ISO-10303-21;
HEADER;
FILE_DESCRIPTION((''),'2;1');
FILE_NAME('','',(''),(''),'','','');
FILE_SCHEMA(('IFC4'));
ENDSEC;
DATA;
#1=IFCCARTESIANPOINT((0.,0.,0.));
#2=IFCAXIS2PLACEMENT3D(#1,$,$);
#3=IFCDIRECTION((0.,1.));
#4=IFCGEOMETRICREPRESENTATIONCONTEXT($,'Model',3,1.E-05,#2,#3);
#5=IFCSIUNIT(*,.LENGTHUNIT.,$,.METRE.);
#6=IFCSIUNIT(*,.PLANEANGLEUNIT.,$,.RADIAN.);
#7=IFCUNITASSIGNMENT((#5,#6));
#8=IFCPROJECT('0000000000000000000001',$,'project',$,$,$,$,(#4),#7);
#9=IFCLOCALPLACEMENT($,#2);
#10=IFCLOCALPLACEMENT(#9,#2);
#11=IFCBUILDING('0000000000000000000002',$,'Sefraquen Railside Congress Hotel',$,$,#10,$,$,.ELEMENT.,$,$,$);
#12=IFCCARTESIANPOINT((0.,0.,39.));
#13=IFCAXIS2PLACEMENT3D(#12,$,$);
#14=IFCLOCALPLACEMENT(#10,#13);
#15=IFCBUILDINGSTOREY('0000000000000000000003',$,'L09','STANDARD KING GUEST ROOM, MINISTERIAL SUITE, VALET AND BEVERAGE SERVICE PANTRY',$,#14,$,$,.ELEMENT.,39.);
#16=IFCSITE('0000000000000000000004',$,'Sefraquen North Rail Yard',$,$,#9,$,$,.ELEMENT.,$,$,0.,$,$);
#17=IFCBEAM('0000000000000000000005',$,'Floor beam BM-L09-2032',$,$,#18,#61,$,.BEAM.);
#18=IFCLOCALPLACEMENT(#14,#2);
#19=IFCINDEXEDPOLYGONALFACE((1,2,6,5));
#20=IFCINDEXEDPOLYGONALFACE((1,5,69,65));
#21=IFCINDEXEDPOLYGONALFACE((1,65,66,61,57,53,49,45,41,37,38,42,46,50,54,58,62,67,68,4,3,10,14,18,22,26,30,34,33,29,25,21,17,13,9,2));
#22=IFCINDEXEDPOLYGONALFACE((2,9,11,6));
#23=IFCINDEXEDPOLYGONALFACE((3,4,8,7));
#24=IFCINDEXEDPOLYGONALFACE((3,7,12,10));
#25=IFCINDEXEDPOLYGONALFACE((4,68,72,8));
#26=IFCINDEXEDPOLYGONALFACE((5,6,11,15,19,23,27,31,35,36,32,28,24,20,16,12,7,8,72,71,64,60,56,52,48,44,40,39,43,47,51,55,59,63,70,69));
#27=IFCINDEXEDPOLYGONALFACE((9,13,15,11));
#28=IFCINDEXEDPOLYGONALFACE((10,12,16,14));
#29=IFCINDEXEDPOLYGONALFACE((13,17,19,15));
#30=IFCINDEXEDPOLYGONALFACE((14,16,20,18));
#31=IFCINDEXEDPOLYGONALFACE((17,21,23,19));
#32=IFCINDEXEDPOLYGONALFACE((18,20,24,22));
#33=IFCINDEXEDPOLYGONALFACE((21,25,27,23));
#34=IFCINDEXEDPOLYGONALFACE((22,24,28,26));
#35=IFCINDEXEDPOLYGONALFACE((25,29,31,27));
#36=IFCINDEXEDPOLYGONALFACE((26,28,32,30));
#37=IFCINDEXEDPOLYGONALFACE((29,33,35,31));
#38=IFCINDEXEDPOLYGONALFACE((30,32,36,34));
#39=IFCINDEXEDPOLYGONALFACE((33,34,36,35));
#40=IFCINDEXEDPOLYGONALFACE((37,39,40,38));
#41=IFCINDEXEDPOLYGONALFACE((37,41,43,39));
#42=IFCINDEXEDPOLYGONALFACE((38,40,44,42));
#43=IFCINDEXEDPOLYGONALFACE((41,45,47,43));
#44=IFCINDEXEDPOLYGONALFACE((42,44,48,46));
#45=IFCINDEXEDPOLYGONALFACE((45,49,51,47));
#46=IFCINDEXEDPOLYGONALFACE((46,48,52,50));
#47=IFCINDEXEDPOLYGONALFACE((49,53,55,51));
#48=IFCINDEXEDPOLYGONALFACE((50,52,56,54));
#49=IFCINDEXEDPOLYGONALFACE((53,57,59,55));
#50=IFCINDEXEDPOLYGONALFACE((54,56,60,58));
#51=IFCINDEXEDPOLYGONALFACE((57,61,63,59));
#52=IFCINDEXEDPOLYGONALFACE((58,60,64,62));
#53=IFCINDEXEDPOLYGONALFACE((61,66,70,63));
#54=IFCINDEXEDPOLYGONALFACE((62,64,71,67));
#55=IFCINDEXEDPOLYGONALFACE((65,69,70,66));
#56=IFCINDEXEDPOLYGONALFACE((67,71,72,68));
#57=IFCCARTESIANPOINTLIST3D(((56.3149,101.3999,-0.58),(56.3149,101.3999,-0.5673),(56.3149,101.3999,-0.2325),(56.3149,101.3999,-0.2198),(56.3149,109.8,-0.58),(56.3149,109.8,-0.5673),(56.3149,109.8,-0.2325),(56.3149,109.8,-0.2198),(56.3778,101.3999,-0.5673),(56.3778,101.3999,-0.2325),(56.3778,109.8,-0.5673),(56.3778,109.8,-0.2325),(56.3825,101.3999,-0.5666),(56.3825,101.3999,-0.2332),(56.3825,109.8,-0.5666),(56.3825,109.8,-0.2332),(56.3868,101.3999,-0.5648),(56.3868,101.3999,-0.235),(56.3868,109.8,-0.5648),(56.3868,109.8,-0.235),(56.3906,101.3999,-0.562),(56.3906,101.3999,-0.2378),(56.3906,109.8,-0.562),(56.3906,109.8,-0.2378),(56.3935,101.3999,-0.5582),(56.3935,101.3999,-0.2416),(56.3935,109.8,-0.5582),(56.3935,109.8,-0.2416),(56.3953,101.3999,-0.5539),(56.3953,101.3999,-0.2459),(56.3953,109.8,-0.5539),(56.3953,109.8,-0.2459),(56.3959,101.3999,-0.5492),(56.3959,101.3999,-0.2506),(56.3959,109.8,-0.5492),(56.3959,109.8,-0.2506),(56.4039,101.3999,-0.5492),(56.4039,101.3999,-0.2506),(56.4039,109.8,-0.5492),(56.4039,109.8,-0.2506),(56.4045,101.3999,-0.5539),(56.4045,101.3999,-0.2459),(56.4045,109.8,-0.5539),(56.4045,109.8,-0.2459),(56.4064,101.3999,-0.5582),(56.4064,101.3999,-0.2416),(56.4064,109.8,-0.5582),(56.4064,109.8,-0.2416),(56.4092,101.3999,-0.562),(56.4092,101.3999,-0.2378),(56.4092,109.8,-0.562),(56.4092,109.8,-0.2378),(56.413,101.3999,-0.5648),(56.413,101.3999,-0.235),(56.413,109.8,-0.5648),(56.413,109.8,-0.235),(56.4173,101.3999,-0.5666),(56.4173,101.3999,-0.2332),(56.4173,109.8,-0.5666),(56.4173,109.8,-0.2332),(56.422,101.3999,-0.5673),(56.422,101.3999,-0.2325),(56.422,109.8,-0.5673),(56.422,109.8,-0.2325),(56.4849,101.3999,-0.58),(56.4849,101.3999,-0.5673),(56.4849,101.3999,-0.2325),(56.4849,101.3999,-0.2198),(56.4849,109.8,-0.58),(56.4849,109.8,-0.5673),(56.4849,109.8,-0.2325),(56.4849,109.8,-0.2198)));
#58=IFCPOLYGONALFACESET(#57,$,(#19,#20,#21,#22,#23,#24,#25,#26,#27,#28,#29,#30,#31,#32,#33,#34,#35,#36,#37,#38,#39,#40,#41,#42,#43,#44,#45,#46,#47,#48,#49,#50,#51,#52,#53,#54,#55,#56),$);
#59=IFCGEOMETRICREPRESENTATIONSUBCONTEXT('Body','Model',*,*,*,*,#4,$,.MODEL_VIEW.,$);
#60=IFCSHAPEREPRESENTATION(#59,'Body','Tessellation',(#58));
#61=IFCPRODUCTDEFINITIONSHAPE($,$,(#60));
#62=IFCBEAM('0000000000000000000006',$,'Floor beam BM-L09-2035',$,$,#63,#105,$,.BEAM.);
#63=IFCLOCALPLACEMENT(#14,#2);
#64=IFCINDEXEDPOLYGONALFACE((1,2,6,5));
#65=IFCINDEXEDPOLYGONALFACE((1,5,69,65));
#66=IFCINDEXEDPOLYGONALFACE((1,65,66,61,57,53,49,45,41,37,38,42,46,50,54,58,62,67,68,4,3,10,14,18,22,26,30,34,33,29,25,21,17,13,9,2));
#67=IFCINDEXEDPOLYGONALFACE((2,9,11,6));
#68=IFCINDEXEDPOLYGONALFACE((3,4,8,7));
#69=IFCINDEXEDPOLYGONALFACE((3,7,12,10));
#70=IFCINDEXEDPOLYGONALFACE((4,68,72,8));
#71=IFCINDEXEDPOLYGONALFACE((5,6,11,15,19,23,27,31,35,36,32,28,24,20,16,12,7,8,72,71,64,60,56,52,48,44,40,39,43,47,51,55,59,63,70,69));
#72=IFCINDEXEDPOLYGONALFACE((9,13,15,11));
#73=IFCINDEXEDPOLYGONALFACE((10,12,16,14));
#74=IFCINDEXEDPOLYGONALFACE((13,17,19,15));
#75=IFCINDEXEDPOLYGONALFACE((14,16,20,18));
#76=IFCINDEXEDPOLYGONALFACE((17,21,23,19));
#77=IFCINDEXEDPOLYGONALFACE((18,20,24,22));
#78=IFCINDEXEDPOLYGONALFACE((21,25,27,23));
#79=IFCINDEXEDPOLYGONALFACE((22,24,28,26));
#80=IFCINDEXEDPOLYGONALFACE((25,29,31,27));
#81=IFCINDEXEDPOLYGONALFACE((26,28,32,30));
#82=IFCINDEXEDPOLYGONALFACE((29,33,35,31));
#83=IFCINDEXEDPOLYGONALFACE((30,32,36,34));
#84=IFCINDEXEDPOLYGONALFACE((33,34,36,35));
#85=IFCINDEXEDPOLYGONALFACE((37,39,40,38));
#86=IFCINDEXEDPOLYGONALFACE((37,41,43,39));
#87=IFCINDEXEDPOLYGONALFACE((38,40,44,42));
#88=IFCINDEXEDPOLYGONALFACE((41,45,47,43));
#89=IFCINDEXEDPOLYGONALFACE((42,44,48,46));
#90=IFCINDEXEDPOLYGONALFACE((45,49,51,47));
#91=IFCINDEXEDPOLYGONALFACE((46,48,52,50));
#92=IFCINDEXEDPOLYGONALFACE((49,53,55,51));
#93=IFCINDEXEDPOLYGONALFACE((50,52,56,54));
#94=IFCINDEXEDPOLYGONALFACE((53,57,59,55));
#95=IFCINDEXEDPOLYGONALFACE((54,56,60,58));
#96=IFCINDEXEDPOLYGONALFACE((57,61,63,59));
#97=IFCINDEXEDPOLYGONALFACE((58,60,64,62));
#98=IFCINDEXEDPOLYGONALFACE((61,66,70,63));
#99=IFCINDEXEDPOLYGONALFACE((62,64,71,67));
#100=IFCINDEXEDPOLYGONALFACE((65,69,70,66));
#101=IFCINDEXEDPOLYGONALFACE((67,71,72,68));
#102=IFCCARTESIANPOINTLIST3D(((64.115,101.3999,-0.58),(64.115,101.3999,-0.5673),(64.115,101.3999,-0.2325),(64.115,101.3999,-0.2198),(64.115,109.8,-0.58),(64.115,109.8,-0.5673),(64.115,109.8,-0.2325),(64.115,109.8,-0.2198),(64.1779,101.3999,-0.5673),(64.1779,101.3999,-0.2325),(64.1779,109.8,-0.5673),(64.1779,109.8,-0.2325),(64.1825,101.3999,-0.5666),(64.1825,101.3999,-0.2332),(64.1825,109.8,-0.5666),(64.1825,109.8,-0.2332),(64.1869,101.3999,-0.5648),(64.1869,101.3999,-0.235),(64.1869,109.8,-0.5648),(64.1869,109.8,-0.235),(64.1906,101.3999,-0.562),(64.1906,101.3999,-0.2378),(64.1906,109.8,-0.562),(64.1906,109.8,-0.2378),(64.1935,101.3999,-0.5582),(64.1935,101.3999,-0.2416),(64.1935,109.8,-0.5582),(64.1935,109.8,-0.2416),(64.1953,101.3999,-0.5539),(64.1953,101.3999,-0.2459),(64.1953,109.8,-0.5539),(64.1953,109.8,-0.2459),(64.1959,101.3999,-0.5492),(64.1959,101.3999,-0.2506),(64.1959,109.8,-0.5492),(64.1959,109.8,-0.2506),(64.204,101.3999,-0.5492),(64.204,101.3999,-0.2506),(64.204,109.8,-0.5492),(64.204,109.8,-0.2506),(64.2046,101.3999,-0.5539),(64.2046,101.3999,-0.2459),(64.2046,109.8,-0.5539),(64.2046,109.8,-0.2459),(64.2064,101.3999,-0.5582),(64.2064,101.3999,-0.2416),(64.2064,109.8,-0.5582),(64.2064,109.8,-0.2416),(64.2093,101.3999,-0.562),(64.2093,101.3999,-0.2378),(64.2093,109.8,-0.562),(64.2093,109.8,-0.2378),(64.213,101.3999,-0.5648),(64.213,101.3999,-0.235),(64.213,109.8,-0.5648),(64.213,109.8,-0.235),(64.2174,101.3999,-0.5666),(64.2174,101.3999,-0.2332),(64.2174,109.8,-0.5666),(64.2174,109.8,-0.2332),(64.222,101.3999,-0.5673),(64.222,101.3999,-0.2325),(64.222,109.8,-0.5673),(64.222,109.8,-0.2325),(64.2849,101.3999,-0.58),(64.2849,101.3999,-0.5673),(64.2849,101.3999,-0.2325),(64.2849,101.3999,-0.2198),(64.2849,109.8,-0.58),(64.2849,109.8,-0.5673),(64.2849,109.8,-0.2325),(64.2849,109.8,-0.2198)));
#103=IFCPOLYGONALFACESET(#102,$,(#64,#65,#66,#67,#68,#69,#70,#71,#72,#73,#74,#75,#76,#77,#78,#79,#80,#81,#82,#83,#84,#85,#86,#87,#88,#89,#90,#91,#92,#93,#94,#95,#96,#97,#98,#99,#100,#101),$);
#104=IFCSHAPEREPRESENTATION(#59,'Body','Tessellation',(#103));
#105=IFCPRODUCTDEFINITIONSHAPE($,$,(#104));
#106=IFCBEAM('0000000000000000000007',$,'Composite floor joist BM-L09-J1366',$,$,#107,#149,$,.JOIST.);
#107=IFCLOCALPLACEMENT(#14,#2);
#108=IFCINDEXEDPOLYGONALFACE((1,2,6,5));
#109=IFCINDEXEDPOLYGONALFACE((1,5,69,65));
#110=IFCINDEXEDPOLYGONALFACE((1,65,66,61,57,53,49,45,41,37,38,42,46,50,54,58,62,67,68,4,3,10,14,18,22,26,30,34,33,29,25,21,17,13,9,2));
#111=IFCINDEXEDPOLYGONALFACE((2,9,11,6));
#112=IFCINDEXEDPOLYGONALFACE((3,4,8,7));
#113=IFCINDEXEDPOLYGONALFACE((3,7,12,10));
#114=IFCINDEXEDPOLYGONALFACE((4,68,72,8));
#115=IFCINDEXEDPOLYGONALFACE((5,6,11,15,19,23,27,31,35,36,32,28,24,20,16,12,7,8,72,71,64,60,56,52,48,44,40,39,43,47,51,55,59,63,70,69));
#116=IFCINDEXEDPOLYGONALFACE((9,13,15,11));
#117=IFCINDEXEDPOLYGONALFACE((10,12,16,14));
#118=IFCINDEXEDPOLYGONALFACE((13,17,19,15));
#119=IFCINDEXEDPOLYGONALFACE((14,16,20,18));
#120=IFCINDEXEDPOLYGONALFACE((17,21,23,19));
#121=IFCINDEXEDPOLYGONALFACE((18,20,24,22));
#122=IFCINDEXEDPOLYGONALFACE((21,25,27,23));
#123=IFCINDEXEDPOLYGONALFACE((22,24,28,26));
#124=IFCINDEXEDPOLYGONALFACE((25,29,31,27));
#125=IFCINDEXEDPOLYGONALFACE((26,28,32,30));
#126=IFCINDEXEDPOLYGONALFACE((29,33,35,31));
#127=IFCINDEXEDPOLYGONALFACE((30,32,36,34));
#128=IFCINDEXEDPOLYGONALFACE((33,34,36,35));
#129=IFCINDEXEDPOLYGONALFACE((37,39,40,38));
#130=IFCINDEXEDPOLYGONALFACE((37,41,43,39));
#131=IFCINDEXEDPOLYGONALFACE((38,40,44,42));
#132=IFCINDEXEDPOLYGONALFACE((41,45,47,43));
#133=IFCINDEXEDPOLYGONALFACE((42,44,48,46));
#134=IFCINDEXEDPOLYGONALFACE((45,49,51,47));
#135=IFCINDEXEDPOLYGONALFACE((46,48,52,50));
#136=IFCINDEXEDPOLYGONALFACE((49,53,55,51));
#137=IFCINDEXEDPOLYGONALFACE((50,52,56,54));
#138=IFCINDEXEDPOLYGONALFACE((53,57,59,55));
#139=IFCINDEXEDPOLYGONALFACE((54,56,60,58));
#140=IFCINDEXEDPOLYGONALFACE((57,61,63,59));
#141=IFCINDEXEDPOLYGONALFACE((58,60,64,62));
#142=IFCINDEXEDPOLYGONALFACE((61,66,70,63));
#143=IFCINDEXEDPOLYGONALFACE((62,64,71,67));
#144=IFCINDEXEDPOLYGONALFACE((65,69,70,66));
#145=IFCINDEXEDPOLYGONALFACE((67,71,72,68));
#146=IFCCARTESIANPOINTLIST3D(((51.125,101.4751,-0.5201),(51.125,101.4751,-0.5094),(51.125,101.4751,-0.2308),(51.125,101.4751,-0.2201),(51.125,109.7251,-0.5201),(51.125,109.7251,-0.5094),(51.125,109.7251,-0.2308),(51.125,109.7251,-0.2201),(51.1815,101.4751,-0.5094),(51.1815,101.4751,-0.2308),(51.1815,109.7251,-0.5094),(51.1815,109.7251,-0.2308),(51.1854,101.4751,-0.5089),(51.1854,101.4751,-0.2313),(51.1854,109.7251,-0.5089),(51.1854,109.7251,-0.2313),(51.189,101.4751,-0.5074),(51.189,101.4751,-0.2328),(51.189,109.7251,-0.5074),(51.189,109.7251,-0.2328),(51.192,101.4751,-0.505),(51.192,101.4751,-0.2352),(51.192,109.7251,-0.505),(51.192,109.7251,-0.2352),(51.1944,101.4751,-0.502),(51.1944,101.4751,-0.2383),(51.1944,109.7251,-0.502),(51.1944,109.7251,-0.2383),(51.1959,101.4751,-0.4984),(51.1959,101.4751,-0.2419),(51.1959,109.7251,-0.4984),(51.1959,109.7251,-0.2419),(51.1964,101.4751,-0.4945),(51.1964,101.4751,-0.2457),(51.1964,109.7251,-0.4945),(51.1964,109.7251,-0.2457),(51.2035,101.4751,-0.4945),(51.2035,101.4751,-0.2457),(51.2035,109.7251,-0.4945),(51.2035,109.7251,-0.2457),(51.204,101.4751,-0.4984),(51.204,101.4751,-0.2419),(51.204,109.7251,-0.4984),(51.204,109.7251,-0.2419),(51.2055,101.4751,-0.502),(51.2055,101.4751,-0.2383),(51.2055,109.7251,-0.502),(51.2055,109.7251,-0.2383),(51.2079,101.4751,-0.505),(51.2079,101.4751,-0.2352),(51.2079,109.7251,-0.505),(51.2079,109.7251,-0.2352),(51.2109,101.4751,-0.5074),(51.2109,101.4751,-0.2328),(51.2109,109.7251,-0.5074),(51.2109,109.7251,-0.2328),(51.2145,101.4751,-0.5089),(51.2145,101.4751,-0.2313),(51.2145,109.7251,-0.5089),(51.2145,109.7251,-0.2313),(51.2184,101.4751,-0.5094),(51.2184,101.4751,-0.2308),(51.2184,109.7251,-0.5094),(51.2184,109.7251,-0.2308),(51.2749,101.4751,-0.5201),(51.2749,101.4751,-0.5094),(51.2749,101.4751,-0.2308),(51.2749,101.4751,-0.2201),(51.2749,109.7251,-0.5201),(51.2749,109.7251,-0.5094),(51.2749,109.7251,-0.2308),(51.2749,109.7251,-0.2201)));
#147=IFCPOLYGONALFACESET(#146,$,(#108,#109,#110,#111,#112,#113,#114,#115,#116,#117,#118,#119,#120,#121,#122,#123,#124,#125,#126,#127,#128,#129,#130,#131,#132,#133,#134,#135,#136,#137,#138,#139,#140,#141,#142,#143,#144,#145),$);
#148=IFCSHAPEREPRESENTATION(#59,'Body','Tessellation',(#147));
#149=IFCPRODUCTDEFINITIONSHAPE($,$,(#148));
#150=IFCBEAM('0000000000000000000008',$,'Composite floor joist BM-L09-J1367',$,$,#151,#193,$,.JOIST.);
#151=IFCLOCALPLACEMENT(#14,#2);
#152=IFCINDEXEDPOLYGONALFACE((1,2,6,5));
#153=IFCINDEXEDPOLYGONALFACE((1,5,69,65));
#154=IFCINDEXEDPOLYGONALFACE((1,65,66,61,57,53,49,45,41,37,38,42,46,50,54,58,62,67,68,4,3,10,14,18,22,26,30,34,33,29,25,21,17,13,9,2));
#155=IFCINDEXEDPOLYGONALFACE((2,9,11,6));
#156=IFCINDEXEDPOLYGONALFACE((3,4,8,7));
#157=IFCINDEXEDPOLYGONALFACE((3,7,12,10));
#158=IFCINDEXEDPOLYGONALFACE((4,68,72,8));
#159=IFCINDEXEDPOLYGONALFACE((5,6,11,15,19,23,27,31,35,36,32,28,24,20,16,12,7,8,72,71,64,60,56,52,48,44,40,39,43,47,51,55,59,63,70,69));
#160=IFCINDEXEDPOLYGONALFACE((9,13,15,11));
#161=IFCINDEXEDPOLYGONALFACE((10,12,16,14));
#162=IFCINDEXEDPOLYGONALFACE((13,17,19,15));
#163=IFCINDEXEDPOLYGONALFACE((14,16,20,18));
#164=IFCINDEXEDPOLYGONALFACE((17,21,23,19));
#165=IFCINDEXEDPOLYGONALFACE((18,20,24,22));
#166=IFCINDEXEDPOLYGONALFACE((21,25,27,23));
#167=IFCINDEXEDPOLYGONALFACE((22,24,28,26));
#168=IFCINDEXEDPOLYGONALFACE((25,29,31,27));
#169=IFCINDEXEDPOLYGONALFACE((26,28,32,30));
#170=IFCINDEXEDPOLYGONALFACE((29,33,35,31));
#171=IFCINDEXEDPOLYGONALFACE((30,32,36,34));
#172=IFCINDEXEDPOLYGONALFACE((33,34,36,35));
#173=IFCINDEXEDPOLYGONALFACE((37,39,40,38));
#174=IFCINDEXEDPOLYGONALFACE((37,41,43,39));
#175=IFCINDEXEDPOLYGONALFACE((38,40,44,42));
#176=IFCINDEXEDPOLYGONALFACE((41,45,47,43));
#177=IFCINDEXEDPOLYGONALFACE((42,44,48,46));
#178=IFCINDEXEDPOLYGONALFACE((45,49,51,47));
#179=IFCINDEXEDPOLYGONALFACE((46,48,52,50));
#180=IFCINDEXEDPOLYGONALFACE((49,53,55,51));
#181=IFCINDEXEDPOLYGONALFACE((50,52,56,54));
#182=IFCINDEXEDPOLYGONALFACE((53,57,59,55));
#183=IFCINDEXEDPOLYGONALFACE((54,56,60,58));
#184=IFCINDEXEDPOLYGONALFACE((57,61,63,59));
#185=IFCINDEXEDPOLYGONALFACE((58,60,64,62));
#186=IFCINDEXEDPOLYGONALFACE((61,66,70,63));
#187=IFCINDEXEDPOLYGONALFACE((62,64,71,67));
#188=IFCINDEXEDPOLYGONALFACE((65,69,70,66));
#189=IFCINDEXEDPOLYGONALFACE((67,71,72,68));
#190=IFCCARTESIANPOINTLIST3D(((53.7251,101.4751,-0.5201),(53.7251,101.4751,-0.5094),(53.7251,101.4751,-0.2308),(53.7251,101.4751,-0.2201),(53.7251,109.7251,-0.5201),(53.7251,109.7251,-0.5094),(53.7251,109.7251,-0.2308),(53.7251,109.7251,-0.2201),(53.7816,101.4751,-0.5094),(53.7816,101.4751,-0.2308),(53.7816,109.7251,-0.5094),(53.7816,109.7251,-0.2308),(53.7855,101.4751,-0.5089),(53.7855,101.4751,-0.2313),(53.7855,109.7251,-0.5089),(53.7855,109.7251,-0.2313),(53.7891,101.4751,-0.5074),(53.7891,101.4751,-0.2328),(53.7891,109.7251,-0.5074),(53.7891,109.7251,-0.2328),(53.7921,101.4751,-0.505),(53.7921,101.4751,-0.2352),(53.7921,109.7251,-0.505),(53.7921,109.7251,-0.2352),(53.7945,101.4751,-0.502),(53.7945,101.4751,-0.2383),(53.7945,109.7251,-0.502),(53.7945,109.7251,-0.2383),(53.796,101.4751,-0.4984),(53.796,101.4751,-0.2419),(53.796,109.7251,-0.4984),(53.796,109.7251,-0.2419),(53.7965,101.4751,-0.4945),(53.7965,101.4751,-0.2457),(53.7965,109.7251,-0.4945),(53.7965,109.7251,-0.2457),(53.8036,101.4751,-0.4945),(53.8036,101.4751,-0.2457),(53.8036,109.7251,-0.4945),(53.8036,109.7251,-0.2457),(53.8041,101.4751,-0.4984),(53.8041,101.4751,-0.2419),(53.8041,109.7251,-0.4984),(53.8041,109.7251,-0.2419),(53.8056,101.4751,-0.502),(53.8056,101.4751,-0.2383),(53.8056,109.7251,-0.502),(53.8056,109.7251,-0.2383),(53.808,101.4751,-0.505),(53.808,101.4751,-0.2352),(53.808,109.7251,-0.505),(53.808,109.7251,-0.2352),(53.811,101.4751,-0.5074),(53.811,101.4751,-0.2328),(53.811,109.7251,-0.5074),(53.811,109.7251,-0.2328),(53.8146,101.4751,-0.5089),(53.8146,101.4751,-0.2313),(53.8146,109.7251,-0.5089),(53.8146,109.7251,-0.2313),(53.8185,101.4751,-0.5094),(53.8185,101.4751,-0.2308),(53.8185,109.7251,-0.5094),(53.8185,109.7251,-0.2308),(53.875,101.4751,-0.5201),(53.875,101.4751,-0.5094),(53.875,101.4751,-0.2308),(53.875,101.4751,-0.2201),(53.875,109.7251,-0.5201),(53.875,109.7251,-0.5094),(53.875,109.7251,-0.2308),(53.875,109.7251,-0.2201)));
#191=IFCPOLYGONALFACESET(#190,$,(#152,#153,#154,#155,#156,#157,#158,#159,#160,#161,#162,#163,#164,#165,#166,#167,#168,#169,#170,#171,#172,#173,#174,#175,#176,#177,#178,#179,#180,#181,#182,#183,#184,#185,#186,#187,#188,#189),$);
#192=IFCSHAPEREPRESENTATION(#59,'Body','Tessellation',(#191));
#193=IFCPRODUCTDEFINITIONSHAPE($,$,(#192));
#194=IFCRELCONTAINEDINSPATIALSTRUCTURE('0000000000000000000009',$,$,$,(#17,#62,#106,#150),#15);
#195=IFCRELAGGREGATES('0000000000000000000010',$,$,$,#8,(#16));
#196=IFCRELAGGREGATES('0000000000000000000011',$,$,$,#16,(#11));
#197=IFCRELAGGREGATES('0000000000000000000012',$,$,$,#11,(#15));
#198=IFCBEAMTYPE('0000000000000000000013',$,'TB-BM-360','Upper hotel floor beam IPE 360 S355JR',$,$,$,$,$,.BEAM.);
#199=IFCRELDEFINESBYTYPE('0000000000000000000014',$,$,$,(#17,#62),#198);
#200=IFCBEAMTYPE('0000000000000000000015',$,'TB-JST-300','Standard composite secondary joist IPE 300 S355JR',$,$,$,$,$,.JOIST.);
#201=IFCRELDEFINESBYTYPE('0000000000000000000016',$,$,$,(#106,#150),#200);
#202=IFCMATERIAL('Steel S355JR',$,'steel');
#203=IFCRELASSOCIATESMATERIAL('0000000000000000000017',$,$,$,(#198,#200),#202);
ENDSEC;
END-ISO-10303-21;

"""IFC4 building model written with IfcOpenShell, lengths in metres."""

from ifc_helpers import new_model, si_unit, direction, frame, origin, origin_2d, place, context, subcontext, project, spatial, i_section, extrude, material, material_profile, profile_set, type_object, element, save


model = new_model("IFC4")

# Units and contexts
model_context = context("Model", 3, precision=1e-05, world=origin(), true_north=direction((0.0, 1.0)))
body_context = subcontext(model_context, "Body", "Model", "MODEL_VIEW")
ifc_project = project(units=[si_unit("LENGTHUNIT", "METRE"), si_unit("PLANEANGLEUNIT", "RADIAN")], contexts=[model_context])

# Site, building, storey
site_placement = place(None, origin())
site = spatial("IfcSite", under=ifc_project, at=site_placement, Name="Sefraquen North Rail Yard", CompositionType="ELEMENT", RefElevation=0.0)
building_placement = place(site_placement, origin())
building = spatial("IfcBuilding", under=site, at=building_placement, Name="Sefraquen Railside Congress Hotel", CompositionType="ELEMENT")
storey_placement = place(building_placement, frame((0.0, 0.0, 39.0)))
storey = spatial("IfcBuildingStorey", under=building, at=storey_placement, Name="L09", Description="STANDARD KING GUEST ROOM, MINISTERIAL SUITE, VALET AND BEVERAGE SERVICE PANTRY", CompositionType="ELEMENT", Elevation=39.0)

# Beams
ifc_material_1 = material(Name="Steel S355JR", Category="steel")
ifc_material_profile_1 = material_profile(ifc_material_1, i_section(OverallWidth=0.1699, OverallDepth=0.3601, WebThickness=0.0081, FlangeThickness=0.0127, FilletRadius=0.0181, at=origin_2d()), Name="IPE 360")
ifc_profile_set_1 = profile_set([ifc_material_profile_1], Name="Steel S355JR")
beam_type_1 = type_object("IfcBeamType", Name="TB-BM-360", Description="Upper hotel floor beam IPE 360 S355JR", PredefinedType="BEAM", material=ifc_profile_set_1)
for number, where, z_axis, x_axis, name in (
    (1, (56.3999, 101.3999, -0.3999), (0.0, 1.0, 0.0), (-1.0, 0.0, 0.0), "Floor beam BM-L09-2032"),
    (2, (64.2, 101.3999, -0.3999), (0.0, 1.0, 0.0), (-1.0, 0.0, 0.0), "Floor beam BM-L09-2035"),
):
    element("IfcBeam", number, at=place(storey_placement, frame(where, z_axis=z_axis, x_axis=x_axis)), inside=storey, type_object=beam_type_1, Name=name, PredefinedType="BEAM", context=body_context, shape_type="SweptSolid", body=[
        extrude(i_section(OverallWidth=0.1699, OverallDepth=0.3601, WebThickness=0.0081, FlangeThickness=0.0127, FilletRadius=0.0181, at=origin_2d()), origin(), (0.0, 0.0, 1.0), 8.4001),
    ])
ifc_material_profile_2 = material_profile(ifc_material_1, i_section(OverallWidth=0.1499, OverallDepth=0.3, WebThickness=0.0071, FlangeThickness=0.0107, FilletRadius=0.0149, at=origin_2d()), Name="IPE 300")
ifc_profile_set_2 = profile_set([ifc_material_profile_2], Name="Steel S355JR")
beam_type_2 = type_object("IfcBeamType", Name="TB-JST-300", Description="Standard composite secondary joist IPE 300 S355JR", PredefinedType="JOIST", material=ifc_profile_set_2)
for number, where, z_axis, x_axis, name in (
    (3, (51.2, 101.4751, -0.3701), (0.0, 1.0, 0.0), (-1.0, 0.0, 0.0), "Composite floor joist BM-L09-J1366"),
    (4, (53.8, 101.4751, -0.3701), (0.0, 1.0, 0.0), (-1.0, 0.0, 0.0), "Composite floor joist BM-L09-J1367"),
):
    element("IfcBeam", number, at=place(storey_placement, frame(where, z_axis=z_axis, x_axis=x_axis)), inside=storey, type_object=beam_type_2, Name=name, PredefinedType="JOIST", context=body_context, shape_type="SweptSolid", body=[
        extrude(i_section(OverallWidth=0.1499, OverallDepth=0.3, WebThickness=0.0071, FlangeThickness=0.0107, FilletRadius=0.0149, at=origin_2d()), origin(), (0.0, 0.0, 1.0), 8.25),
    ])

save(model, "model.ifc")
